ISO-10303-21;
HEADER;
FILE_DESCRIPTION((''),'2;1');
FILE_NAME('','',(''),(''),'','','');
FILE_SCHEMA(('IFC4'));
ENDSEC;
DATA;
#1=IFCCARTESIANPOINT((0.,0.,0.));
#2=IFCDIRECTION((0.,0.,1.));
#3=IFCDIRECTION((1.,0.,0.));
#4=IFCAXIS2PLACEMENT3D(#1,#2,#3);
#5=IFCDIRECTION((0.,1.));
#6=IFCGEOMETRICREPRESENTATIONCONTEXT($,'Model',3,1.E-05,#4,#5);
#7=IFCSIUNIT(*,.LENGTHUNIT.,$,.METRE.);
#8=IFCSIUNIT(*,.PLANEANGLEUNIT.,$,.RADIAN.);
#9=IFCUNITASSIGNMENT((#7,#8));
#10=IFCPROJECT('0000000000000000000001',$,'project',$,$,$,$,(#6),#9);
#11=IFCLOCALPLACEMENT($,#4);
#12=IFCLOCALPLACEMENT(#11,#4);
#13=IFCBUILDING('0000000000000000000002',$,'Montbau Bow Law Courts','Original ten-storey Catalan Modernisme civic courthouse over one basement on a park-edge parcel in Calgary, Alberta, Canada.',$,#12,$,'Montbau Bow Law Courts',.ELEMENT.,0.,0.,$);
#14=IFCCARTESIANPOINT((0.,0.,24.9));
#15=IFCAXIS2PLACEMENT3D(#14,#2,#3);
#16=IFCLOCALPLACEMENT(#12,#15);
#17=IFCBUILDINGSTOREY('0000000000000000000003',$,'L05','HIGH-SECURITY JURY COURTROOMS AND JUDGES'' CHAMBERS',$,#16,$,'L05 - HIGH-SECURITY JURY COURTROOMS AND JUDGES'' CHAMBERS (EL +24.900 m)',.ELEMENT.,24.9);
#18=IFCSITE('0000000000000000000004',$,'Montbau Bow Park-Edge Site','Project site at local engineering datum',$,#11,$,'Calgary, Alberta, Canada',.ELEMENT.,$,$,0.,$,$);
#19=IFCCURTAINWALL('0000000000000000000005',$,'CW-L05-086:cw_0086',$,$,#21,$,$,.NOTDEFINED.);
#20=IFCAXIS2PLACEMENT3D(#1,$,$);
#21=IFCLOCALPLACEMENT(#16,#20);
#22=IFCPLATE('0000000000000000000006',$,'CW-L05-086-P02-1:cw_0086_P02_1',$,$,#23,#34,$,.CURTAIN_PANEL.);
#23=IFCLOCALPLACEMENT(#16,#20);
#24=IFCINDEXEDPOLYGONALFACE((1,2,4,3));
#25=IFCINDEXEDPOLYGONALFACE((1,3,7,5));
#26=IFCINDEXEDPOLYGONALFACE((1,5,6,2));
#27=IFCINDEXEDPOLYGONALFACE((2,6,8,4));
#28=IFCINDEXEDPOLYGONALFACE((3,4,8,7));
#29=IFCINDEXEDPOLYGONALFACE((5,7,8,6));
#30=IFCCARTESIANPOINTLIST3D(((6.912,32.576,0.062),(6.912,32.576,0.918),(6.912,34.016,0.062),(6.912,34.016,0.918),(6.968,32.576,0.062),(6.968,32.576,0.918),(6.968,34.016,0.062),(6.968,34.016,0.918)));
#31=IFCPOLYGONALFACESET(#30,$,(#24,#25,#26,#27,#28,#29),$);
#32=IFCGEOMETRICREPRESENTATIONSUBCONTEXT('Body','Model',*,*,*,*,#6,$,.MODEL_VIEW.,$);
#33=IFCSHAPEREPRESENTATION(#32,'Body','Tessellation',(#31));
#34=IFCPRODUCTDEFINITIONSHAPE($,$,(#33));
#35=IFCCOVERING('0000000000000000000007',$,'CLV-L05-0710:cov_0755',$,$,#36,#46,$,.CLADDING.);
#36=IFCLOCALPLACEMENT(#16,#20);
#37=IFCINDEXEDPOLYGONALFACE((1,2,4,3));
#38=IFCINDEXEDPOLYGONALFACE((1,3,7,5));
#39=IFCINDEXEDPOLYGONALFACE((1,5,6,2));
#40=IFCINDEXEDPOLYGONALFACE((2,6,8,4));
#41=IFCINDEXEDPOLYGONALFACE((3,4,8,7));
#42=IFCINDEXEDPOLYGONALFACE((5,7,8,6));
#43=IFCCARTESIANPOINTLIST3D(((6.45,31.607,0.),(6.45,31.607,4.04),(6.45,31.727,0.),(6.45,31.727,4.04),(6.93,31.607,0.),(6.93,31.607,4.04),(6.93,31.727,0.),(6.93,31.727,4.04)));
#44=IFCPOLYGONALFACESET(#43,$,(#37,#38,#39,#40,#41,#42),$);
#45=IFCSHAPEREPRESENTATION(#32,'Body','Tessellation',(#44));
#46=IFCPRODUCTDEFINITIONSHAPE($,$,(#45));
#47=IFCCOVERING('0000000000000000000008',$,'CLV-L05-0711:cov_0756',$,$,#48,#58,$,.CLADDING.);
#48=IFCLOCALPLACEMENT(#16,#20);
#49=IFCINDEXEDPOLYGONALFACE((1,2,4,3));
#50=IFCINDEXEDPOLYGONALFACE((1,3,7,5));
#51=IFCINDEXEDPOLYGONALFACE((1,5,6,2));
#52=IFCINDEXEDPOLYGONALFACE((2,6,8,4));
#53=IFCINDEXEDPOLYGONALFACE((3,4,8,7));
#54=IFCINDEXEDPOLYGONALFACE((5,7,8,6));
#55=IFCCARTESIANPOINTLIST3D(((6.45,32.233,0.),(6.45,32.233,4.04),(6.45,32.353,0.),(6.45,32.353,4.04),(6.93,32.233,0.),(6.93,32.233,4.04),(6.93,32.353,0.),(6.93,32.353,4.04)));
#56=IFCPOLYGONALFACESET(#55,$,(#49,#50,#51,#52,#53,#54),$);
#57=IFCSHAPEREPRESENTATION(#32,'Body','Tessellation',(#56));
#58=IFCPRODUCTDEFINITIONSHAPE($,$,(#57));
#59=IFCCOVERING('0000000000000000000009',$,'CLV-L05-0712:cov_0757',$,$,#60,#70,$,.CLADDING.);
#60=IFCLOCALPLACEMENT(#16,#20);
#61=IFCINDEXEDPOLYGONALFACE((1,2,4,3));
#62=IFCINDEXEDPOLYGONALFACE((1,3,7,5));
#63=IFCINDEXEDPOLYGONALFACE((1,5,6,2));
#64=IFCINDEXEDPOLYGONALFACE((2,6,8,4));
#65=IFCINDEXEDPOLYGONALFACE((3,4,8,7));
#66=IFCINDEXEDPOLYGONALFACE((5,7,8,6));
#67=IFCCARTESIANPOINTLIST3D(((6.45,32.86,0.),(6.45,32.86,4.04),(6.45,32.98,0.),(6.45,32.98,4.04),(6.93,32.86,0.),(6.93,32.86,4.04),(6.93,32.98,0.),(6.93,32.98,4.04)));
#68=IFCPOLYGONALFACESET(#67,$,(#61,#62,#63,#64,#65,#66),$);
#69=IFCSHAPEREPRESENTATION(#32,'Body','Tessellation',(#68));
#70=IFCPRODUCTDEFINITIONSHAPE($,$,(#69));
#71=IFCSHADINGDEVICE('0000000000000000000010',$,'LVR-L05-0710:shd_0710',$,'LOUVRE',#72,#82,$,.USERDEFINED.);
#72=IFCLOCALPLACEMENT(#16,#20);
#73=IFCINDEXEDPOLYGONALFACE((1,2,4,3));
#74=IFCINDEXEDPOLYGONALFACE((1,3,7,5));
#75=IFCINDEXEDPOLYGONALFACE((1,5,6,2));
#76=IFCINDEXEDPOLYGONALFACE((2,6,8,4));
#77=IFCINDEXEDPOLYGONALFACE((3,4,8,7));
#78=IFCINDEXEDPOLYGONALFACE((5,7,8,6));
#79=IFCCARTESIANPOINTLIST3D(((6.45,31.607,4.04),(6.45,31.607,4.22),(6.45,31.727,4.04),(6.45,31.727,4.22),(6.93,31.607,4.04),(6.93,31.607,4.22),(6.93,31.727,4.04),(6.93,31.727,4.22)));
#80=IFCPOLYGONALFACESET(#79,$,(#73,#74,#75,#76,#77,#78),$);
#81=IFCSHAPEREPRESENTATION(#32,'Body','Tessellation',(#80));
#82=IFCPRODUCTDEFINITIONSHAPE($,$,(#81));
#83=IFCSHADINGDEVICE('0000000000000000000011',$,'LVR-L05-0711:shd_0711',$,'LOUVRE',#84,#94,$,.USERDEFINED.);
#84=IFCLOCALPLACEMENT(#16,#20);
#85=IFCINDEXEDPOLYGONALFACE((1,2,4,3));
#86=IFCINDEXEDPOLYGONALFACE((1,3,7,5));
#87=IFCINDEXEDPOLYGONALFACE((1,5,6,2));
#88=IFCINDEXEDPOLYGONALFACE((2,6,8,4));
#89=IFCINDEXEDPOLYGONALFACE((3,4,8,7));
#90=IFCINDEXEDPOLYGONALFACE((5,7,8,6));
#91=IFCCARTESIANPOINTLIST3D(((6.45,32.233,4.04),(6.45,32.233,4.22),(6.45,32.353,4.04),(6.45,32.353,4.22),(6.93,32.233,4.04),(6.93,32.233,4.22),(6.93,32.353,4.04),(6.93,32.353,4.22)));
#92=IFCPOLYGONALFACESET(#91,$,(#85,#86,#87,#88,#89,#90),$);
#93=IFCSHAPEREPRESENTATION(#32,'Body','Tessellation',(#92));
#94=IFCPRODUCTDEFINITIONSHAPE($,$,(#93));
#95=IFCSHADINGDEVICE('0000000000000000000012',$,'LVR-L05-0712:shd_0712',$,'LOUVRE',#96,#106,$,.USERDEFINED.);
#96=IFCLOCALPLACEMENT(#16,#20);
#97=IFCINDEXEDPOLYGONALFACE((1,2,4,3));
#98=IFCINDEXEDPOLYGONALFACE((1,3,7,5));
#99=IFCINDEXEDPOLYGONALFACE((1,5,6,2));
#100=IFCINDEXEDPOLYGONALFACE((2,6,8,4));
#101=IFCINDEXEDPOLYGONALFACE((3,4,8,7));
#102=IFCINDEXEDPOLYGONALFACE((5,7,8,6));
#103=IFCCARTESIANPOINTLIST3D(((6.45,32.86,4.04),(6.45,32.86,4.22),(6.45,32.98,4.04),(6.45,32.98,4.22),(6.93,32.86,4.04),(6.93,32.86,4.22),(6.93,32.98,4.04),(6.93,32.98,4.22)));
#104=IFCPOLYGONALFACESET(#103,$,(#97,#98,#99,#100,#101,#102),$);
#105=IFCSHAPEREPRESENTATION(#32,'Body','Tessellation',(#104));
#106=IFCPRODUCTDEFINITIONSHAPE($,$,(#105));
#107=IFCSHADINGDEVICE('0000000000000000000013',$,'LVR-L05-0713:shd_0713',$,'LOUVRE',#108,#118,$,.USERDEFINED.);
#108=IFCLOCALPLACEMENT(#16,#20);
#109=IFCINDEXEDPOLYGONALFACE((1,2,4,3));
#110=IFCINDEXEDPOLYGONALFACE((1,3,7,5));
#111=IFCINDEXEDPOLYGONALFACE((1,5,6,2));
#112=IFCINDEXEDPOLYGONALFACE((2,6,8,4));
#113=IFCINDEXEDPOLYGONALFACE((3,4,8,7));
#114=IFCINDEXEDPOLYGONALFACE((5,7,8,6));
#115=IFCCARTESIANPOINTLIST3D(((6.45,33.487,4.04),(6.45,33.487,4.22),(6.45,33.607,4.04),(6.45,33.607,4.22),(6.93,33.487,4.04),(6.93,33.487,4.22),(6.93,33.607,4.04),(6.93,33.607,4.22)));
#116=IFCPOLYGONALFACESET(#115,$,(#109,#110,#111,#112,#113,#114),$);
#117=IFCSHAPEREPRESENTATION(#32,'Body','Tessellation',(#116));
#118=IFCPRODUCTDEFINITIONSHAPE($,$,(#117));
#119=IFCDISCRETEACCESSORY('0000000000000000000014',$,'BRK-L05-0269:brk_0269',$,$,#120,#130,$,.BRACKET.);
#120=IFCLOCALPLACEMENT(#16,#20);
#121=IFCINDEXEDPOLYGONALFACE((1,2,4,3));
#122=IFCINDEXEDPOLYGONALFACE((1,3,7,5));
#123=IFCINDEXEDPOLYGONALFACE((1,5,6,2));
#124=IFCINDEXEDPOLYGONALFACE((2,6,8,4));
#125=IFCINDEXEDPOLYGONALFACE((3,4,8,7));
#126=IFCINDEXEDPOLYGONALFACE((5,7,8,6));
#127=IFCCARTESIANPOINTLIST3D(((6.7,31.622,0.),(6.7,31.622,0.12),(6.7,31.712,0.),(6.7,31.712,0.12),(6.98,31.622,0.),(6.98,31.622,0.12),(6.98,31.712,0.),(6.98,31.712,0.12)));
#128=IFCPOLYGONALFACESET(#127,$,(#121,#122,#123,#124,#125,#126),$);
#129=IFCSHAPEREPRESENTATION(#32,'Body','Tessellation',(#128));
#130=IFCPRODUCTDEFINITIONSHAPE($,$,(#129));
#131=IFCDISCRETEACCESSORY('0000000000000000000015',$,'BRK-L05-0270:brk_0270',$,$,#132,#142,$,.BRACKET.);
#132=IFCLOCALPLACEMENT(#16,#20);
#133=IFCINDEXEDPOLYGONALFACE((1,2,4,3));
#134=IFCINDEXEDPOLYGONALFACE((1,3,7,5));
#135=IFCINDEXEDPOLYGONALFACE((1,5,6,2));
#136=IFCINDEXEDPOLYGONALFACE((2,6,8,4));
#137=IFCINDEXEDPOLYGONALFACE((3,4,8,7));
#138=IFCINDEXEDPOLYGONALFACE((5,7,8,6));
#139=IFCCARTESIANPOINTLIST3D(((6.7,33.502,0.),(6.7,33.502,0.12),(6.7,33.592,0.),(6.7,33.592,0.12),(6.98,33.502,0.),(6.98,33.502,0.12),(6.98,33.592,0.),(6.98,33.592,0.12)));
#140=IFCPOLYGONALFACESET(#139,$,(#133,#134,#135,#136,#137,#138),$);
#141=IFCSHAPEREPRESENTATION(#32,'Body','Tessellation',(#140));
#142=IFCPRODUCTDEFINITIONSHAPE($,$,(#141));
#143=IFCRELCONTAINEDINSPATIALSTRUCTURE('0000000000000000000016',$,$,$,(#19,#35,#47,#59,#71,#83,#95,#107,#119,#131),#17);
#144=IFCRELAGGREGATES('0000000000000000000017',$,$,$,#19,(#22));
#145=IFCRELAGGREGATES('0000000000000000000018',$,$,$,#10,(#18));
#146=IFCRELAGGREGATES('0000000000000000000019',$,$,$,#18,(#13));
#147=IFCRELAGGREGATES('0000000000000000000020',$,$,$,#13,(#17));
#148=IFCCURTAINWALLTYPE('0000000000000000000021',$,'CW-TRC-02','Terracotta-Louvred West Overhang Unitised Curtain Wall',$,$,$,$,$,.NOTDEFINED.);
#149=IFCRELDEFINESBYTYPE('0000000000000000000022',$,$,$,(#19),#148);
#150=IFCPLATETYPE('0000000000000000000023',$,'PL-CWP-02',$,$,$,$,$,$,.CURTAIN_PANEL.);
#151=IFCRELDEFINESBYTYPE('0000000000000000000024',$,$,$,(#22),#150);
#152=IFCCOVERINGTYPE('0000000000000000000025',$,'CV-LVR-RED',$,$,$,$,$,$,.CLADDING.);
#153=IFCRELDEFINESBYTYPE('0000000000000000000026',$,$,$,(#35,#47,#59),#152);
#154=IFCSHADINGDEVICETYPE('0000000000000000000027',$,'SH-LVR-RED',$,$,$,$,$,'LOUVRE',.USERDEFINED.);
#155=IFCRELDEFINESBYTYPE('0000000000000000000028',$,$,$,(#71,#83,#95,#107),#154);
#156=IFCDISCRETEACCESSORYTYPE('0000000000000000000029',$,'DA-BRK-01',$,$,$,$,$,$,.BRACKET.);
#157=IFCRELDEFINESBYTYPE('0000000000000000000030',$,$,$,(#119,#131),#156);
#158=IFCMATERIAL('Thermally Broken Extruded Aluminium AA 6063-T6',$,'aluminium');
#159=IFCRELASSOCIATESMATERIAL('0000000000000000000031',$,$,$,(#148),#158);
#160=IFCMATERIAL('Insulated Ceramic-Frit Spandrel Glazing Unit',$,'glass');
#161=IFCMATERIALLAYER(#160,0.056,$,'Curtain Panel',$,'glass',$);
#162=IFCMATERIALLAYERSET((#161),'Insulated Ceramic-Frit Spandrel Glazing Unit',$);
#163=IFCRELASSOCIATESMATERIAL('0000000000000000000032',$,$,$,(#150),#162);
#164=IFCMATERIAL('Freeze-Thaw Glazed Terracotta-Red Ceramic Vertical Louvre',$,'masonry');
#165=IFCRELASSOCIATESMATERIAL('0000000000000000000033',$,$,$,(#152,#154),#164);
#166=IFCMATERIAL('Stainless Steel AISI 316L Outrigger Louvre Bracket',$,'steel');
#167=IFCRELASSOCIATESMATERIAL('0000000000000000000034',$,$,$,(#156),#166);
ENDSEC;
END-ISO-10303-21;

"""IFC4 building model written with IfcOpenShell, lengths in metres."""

from ifc_helpers import new_model, si_unit, direction, frame, frame_2d, origin_with_axes, origin_2d_with_axis, place, context, subcontext, project, spatial, rectangle, extrude, material, layer, layer_set, type_object, element, aggregate, save


model = new_model("IFC4")

# Units and contexts
model_context = context("Model", 3, precision=1e-05, world=origin_with_axes(), true_north=direction((0.0, 1.0)))
body_context = subcontext(model_context, "Body", "Model", "MODEL_VIEW")
ifc_project = project(units=[si_unit("LENGTHUNIT", "METRE"), si_unit("PLANEANGLEUNIT", "RADIAN")], contexts=[model_context])

# Site, building, storey
site_placement = place(None, origin_with_axes())
site = spatial("IfcSite", under=ifc_project, at=site_placement, Name="Montbau Bow Park-Edge Site", Description="Project site at local engineering datum", LongName="Calgary, Alberta, Canada", CompositionType="ELEMENT", RefElevation=0.0)
building_placement = place(site_placement, origin_with_axes())
building = spatial("IfcBuilding", under=site, at=building_placement, Name="Montbau Bow Law Courts", Description="Original ten-storey Catalan Modernisme civic courthouse over one basement on a park-edge parcel in Calgary, Alberta, Canada.", LongName="Montbau Bow Law Courts", CompositionType="ELEMENT", ElevationOfRefHeight=0.0, ElevationOfTerrain=0.0)
storey_placement = place(building_placement, frame((0.0, 0.0, 24.9), z_axis=(0.0, 0.0, 1.0), x_axis=(1.0, 0.0, 0.0)))
storey = spatial("IfcBuildingStorey", under=building, at=storey_placement, Name="L05", Description="HIGH-SECURITY JURY COURTROOMS AND JUDGES' CHAMBERS", LongName="L05 - HIGH-SECURITY JURY COURTROOMS AND JUDGES' CHAMBERS (EL +24.900 m)", CompositionType="ELEMENT", Elevation=24.9)

# Curtain wall, plate
ifc_material_1 = material(Name="Thermally Broken Extruded Aluminium AA 6063-T6", Category="aluminium")
curtain_wall_type = type_object("IfcCurtainWallType", Name="CW-TRC-02", Description="Terracotta-Louvred West Overhang Unitised Curtain Wall", PredefinedType="NOTDEFINED", material=ifc_material_1)
curtain_wall_placement = place(None, frame((6.94, 31.04, 24.9), z_axis=(0.0, 0.0, 1.0), x_axis=(1.0, 0.0, 0.0)))
curtain_wall = element("IfcCurtainWall", 1, at=curtain_wall_placement, inside=storey, type_object=curtain_wall_type, Name="CW-L05-086:cw_0086", PredefinedType="NOTDEFINED")
ifc_material_2 = material(Name="Insulated Ceramic-Frit Spandrel Glazing Unit", Category="glass")
ifc_layer_1 = layer(ifc_material_2, 0.056, Name="Curtain Panel", Category="glass")
ifc_layer_set_1 = layer_set([ifc_layer_1], Name="Insulated Ceramic-Frit Spandrel Glazing Unit")
plate_type_1 = type_object("IfcPlateType", Name="PL-CWP-02", PredefinedType="CURTAIN_PANEL", material=ifc_layer_set_1)
plate_1_placement = place(None, frame((6.94, 32.576, 24.962), z_axis=(1.0, 0.0, 0.0), x_axis=(0.0, 1.0, 0.0)))
plate_1 = element("IfcPlate", 2, at=plate_1_placement, type_object=plate_type_1, Name="CW-L05-086-P02-1:cw_0086_P02_1", PredefinedType="CURTAIN_PANEL", context=body_context, shape_type="SweptSolid", body=[
    extrude(rectangle(XDim=1.44, YDim=0.856, at=frame_2d((0.72, 0.428), x_axis=(1.0, 0.0))), frame((0.0, 0.0, -0.028), z_axis=(0.0, 0.0, 1.0), x_axis=(1.0, 0.0, 0.0)), (0.0, 0.0, 1.0), 0.056),
])
aggregate(curtain_wall, [plate_1])

# Coverings
ifc_material_3 = material(Name="Freeze-Thaw Glazed Terracotta-Red Ceramic Vertical Louvre", Category="masonry")
covering_type = type_object("IfcCoveringType", Name="CV-LVR-RED", PredefinedType="CLADDING", material=ifc_material_3)
for number, where, z_axis, x_axis, name in (
    (3, (6.93, 31.667, 24.9), (0.0, 1.0, 0.0), (-1.0, 0.0, 0.0), "CLV-L05-0710:cov_0755"),
    (4, (6.93, 32.293, 24.9), (0.0, 1.0, 0.0), (-1.0, 0.0, 0.0), "CLV-L05-0711:cov_0756"),
    (5, (6.93, 32.92, 24.9), (0.0, 1.0, 0.0), (-1.0, 0.0, 0.0), "CLV-L05-0712:cov_0757"),
):
    element("IfcCovering", number, at=place(None, frame(where, z_axis=z_axis, x_axis=x_axis)), inside=storey, type_object=covering_type, Name=name, PredefinedType="CLADDING", context=body_context, shape_type="SweptSolid", body=[
        extrude(rectangle(XDim=0.48, YDim=4.04, at=frame_2d((0.24, 2.02), x_axis=(1.0, 0.0))), frame((0.0, 0.0, -0.06), z_axis=(0.0, 0.0, 1.0), x_axis=(1.0, 0.0, 0.0)), (0.0, 0.0, 1.0), 0.12),
    ])

# Shading devices
shading_device_type = type_object("IfcShadingDeviceType", Name="SH-LVR-RED", ElementType="LOUVRE", PredefinedType="USERDEFINED", material=ifc_material_3)
for number, where, z_axis, x_axis, name in (
    (6, (6.69, 31.667, 28.94), (0.0, 0.0, 1.0), (-1.0, 0.0, 0.0), "LVR-L05-0710:shd_0710"),
    (7, (6.69, 32.293, 28.94), (0.0, 0.0, 1.0), (-1.0, 0.0, 0.0), "LVR-L05-0711:shd_0711"),
    (8, (6.69, 32.92, 28.94), (0.0, 0.0, 1.0), (-1.0, 0.0, 0.0), "LVR-L05-0712:shd_0712"),
    (9, (6.69, 33.547, 28.94), (0.0, 0.0, 1.0), (-1.0, 0.0, 0.0), "LVR-L05-0713:shd_0713"),
):
    element("IfcShadingDevice", number, at=place(None, frame(where, z_axis=z_axis, x_axis=x_axis)), inside=storey, type_object=shading_device_type, Name=name, ObjectType="LOUVRE", PredefinedType="USERDEFINED", context=body_context, shape_type="SweptSolid", body=[
        extrude(rectangle(XDim=0.48, YDim=0.12, at=origin_2d_with_axis()), origin_with_axes(), (0.0, 0.0, 1.0), 0.18),
    ])

# Discrete accessories
ifc_material_4 = material(Name="Stainless Steel AISI 316L Outrigger Louvre Bracket", Category="steel")
discrete_accessory_type = type_object("IfcDiscreteAccessoryType", Name="DA-BRK-01", PredefinedType="BRACKET", material=ifc_material_4)
for number, where, z_axis, x_axis, name in (
    (10, (6.84, 31.667, 24.9), (0.0, 0.0, 1.0), (-1.0, 0.0, 0.0), "BRK-L05-0269:brk_0269"),
    (11, (6.84, 33.547, 24.9), (0.0, 0.0, 1.0), (-1.0, 0.0, 0.0), "BRK-L05-0270:brk_0270"),
):
    element("IfcDiscreteAccessory", number, at=place(None, frame(where, z_axis=z_axis, x_axis=x_axis)), inside=storey, type_object=discrete_accessory_type, Name=name, PredefinedType="BRACKET", context=body_context, shape_type="SweptSolid", body=[
        extrude(rectangle(XDim=0.28, YDim=0.09, at=origin_2d_with_axis()), origin_with_axes(), (0.0, 0.0, 1.0), 0.12),
    ])

save(model, "model.ifc")
